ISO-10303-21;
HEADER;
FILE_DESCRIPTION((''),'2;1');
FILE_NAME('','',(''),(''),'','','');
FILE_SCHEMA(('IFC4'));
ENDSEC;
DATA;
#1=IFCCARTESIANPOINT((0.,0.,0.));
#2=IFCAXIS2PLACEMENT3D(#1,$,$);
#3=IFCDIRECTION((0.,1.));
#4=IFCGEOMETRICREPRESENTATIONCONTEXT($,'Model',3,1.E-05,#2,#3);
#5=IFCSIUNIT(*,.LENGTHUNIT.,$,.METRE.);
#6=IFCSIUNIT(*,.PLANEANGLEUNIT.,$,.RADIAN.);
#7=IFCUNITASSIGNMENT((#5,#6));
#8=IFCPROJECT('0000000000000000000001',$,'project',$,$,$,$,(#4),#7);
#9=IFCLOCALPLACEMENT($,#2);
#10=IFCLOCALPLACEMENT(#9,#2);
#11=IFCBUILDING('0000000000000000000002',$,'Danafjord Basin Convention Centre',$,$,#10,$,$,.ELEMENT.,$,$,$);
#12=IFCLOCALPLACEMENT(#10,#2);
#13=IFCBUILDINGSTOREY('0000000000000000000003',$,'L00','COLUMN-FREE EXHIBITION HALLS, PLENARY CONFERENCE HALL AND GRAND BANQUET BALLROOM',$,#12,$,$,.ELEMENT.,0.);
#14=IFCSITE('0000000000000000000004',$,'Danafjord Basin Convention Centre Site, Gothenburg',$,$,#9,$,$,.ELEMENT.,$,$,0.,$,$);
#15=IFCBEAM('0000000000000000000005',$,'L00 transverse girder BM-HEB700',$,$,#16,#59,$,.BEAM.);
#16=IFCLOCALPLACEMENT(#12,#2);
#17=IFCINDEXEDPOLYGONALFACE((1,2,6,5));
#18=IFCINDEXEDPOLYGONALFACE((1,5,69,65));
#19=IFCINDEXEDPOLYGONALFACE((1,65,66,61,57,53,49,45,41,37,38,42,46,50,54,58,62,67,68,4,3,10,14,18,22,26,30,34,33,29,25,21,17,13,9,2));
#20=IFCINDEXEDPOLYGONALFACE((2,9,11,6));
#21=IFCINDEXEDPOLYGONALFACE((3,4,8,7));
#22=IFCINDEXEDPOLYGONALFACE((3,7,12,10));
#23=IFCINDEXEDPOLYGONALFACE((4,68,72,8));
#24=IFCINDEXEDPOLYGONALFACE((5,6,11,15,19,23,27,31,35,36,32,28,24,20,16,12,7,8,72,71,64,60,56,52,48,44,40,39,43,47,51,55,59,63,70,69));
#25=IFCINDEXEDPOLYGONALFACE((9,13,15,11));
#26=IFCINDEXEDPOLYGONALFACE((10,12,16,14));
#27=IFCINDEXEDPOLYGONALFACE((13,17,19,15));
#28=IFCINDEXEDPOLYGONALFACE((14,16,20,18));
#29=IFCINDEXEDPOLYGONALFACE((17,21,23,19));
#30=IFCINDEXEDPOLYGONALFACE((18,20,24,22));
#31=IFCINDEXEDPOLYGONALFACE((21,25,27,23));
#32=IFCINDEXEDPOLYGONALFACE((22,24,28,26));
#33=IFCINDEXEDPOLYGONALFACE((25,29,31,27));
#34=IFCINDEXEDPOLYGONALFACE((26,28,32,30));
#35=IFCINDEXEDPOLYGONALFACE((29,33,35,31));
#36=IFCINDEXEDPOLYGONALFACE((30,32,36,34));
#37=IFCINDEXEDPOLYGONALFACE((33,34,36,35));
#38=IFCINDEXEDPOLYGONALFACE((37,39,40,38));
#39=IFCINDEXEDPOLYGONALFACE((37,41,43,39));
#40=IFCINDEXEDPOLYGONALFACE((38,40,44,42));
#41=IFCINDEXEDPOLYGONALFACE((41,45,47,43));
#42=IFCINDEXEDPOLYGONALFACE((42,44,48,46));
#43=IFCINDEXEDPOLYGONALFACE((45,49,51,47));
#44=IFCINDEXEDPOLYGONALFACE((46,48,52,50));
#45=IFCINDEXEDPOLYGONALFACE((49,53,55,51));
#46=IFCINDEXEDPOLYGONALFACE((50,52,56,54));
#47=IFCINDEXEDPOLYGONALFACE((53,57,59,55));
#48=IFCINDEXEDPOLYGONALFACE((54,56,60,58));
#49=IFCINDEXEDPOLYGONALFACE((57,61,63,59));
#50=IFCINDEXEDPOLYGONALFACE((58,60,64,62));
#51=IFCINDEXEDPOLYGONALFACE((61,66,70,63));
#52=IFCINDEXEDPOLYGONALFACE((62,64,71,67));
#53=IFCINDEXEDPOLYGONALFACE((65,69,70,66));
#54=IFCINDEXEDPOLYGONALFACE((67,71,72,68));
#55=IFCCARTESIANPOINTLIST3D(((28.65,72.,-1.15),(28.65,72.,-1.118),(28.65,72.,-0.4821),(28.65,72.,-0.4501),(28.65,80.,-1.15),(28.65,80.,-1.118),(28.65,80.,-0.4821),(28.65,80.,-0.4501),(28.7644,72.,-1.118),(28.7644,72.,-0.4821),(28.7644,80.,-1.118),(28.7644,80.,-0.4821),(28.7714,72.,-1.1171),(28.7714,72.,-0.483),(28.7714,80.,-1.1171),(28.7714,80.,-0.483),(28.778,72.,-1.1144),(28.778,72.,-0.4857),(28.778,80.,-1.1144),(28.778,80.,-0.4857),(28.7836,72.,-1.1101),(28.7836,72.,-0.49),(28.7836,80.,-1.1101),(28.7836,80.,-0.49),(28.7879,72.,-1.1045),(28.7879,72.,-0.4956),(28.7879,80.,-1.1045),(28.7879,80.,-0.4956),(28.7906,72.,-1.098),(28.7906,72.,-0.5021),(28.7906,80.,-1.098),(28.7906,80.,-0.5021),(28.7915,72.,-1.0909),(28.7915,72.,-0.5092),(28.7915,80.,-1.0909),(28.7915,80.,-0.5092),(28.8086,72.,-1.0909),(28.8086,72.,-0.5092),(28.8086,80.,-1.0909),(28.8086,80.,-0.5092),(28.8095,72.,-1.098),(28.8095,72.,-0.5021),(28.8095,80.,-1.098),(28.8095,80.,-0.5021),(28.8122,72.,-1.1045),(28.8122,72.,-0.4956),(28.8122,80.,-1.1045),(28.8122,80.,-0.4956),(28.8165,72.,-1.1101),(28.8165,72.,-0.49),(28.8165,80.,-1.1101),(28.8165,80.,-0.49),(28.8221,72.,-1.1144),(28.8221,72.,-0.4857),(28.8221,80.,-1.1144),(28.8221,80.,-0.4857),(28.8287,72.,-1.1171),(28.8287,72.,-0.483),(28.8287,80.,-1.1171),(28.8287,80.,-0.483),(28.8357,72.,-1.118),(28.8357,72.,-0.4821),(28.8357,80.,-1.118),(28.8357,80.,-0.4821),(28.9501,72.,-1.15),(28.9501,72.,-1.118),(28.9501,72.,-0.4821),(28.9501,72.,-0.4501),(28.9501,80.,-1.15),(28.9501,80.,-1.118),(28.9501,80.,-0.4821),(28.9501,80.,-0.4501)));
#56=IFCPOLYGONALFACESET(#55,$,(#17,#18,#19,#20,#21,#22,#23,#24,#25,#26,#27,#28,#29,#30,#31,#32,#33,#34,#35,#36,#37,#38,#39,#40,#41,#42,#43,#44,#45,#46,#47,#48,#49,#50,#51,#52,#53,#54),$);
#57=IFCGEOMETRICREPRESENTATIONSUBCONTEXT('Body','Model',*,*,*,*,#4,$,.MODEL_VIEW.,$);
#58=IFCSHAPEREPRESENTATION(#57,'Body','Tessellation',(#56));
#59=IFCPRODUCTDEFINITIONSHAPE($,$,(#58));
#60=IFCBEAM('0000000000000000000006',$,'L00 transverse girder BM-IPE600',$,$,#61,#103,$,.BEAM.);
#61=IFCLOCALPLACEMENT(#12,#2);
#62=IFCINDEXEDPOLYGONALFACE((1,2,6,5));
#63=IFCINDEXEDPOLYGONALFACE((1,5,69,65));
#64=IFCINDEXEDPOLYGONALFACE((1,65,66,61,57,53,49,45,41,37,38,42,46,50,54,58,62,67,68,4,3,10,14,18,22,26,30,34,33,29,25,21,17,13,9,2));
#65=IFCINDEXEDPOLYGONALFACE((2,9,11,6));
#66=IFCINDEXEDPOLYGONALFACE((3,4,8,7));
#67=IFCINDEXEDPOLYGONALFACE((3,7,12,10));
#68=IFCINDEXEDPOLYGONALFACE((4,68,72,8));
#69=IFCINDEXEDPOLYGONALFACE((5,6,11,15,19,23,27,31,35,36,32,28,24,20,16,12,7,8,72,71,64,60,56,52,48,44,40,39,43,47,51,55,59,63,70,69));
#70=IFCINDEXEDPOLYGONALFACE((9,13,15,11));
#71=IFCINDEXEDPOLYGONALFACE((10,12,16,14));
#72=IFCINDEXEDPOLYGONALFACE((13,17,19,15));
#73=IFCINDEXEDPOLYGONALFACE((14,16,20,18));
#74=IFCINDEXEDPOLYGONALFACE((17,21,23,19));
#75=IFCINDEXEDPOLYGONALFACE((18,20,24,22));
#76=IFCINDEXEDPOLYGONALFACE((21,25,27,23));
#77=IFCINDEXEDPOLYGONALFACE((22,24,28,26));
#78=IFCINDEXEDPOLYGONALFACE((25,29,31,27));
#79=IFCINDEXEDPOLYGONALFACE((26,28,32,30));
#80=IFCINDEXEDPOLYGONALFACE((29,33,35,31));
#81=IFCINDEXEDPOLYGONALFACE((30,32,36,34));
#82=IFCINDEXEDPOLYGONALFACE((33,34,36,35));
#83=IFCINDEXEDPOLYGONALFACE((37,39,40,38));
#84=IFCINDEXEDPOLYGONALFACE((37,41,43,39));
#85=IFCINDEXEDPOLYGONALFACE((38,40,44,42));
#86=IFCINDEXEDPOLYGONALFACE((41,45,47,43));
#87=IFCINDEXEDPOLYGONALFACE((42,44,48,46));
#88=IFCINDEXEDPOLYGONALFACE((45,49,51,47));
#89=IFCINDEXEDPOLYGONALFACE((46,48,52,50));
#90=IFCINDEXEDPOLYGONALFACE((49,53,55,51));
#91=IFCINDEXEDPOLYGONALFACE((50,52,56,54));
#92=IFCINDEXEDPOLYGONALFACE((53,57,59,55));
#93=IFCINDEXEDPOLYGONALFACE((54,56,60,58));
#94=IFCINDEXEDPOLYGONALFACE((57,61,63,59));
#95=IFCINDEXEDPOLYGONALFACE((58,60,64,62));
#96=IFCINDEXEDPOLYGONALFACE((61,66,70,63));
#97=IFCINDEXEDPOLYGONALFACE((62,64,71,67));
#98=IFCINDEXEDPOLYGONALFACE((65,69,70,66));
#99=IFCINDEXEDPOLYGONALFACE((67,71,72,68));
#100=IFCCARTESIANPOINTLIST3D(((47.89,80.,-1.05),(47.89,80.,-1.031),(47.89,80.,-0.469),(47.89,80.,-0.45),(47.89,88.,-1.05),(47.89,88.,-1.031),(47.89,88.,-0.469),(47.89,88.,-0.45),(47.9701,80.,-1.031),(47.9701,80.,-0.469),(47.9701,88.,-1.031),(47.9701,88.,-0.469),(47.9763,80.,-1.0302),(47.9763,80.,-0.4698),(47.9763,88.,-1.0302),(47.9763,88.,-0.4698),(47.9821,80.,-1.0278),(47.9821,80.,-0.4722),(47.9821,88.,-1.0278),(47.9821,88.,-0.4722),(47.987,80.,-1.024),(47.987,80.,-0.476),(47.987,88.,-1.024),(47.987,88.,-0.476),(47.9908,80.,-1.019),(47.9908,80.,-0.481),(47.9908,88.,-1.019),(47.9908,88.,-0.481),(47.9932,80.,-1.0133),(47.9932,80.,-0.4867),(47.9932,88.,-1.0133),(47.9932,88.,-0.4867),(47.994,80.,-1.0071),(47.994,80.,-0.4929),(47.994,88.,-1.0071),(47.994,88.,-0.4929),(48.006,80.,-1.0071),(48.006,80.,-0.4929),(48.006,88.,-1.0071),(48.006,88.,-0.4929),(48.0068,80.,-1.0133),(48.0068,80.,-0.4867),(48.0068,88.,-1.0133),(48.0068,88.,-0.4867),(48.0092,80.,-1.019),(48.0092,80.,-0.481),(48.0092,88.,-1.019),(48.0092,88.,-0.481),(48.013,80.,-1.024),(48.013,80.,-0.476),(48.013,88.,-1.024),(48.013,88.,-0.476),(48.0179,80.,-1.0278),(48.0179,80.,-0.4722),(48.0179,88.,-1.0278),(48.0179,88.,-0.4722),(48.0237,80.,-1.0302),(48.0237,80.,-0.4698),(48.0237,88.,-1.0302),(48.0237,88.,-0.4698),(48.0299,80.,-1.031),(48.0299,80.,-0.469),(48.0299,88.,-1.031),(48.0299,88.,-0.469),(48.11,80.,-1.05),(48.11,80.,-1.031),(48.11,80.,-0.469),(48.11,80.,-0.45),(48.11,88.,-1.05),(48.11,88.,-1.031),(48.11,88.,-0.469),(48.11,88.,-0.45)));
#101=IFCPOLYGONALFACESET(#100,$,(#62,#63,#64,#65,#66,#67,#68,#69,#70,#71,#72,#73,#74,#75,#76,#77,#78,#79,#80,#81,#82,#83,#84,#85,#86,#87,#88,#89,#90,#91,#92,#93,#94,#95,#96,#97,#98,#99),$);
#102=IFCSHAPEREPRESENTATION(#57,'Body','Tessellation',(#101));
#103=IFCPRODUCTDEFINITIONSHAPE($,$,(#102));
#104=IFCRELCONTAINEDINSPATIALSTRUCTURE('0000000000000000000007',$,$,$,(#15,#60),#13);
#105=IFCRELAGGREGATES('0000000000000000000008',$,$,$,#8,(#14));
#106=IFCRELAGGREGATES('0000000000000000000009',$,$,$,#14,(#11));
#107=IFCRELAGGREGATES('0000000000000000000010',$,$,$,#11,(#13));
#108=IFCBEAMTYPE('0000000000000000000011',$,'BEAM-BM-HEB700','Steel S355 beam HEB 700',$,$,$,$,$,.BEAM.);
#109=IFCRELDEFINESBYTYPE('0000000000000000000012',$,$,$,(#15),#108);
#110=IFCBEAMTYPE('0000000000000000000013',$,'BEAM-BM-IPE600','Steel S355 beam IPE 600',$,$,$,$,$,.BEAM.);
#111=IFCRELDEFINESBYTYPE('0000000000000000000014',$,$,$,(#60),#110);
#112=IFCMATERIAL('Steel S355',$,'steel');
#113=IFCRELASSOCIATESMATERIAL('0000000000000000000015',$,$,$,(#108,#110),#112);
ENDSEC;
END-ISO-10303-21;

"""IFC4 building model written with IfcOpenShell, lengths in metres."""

from ifc_helpers import new_model, si_unit, direction, frame, origin, origin_2d, place, context, subcontext, project, spatial, i_section, extrude, material, material_profile, profile_set, type_object, element, save


model = new_model("IFC4")

# Units and contexts
model_context = context("Model", 3, precision=1e-05, world=origin(), true_north=direction((0.0, 1.0)))
body_context = subcontext(model_context, "Body", "Model", "MODEL_VIEW")
ifc_project = project(units=[si_unit("LENGTHUNIT", "METRE"), si_unit("PLANEANGLEUNIT", "RADIAN")], contexts=[model_context])

# Site, building, storey
site_placement = place(None, origin())
site = spatial("IfcSite", under=ifc_project, at=site_placement, Name="Danafjord Basin Convention Centre Site, Gothenburg", CompositionType="ELEMENT", RefElevation=0.0)
building_placement = place(site_placement, origin())
building = spatial("IfcBuilding", under=site, at=building_placement, Name="Danafjord Basin Convention Centre", CompositionType="ELEMENT")
storey_placement = place(building_placement, origin())
storey = spatial("IfcBuildingStorey", under=building, at=storey_placement, Name="L00", Description="COLUMN-FREE EXHIBITION HALLS, PLENARY CONFERENCE HALL AND GRAND BANQUET BALLROOM", CompositionType="ELEMENT", Elevation=0.0)

# Beams
ifc_material = material(Name="Steel S355", Category="steel")
ifc_material_profile_1 = material_profile(ifc_material, i_section(OverallWidth=0.3, OverallDepth=0.7, WebThickness=0.0171, FlangeThickness=0.032, FilletRadius=0.0271, at=origin_2d()), Name="HEB 700")
ifc_profile_set_1 = profile_set([ifc_material_profile_1], Name="Steel S355")
beam_type_1 = type_object("IfcBeamType", Name="BEAM-BM-HEB700", Description="Steel S355 beam HEB 700", PredefinedType="BEAM", material=ifc_profile_set_1)
for number, where, z_axis, x_axis, name in (
    (1, (28.8, 72.0, -0.8), (0.0, 1.0, 0.0), (-1.0, 0.0, 0.0), "L00 transverse girder BM-HEB700"),
):
    element("IfcBeam", number, at=place(storey_placement, frame(where, z_axis=z_axis, x_axis=x_axis)), inside=storey, type_object=beam_type_1, Name=name, PredefinedType="BEAM", context=body_context, shape_type="SweptSolid", body=[
        extrude(i_section(OverallWidth=0.3, OverallDepth=0.7, WebThickness=0.0171, FlangeThickness=0.032, FilletRadius=0.0271, at=origin_2d()), origin(), (0.0, 0.0, 1.0), 8.0),
    ])
ifc_material_profile_2 = material_profile(ifc_material, i_section(OverallWidth=0.22, OverallDepth=0.6001, WebThickness=0.012, FlangeThickness=0.019, FilletRadius=0.0239, at=origin_2d()), Name="IPE 600")
ifc_profile_set_2 = profile_set([ifc_material_profile_2], Name="Steel S355")
beam_type_2 = type_object("IfcBeamType", Name="BEAM-BM-IPE600", Description="Steel S355 beam IPE 600", PredefinedType="BEAM", material=ifc_profile_set_2)
beam_1_placement = place(storey_placement, frame((48.0, 80.0, -0.75), z_axis=(0.0, 1.0, 0.0), x_axis=(-1.0, 0.0, 0.0)))
element("IfcBeam", 2, at=beam_1_placement, inside=storey, type_object=beam_type_2, Name="L00 transverse girder BM-IPE600", PredefinedType="BEAM", context=body_context, shape_type="SweptSolid", body=[
    extrude(i_section(OverallWidth=0.22, OverallDepth=0.6001, WebThickness=0.012, FlangeThickness=0.019, FilletRadius=0.0239, at=origin_2d()), origin(), (0.0, 0.0, 1.0), 8.0),
])

save(model, "model.ifc")
